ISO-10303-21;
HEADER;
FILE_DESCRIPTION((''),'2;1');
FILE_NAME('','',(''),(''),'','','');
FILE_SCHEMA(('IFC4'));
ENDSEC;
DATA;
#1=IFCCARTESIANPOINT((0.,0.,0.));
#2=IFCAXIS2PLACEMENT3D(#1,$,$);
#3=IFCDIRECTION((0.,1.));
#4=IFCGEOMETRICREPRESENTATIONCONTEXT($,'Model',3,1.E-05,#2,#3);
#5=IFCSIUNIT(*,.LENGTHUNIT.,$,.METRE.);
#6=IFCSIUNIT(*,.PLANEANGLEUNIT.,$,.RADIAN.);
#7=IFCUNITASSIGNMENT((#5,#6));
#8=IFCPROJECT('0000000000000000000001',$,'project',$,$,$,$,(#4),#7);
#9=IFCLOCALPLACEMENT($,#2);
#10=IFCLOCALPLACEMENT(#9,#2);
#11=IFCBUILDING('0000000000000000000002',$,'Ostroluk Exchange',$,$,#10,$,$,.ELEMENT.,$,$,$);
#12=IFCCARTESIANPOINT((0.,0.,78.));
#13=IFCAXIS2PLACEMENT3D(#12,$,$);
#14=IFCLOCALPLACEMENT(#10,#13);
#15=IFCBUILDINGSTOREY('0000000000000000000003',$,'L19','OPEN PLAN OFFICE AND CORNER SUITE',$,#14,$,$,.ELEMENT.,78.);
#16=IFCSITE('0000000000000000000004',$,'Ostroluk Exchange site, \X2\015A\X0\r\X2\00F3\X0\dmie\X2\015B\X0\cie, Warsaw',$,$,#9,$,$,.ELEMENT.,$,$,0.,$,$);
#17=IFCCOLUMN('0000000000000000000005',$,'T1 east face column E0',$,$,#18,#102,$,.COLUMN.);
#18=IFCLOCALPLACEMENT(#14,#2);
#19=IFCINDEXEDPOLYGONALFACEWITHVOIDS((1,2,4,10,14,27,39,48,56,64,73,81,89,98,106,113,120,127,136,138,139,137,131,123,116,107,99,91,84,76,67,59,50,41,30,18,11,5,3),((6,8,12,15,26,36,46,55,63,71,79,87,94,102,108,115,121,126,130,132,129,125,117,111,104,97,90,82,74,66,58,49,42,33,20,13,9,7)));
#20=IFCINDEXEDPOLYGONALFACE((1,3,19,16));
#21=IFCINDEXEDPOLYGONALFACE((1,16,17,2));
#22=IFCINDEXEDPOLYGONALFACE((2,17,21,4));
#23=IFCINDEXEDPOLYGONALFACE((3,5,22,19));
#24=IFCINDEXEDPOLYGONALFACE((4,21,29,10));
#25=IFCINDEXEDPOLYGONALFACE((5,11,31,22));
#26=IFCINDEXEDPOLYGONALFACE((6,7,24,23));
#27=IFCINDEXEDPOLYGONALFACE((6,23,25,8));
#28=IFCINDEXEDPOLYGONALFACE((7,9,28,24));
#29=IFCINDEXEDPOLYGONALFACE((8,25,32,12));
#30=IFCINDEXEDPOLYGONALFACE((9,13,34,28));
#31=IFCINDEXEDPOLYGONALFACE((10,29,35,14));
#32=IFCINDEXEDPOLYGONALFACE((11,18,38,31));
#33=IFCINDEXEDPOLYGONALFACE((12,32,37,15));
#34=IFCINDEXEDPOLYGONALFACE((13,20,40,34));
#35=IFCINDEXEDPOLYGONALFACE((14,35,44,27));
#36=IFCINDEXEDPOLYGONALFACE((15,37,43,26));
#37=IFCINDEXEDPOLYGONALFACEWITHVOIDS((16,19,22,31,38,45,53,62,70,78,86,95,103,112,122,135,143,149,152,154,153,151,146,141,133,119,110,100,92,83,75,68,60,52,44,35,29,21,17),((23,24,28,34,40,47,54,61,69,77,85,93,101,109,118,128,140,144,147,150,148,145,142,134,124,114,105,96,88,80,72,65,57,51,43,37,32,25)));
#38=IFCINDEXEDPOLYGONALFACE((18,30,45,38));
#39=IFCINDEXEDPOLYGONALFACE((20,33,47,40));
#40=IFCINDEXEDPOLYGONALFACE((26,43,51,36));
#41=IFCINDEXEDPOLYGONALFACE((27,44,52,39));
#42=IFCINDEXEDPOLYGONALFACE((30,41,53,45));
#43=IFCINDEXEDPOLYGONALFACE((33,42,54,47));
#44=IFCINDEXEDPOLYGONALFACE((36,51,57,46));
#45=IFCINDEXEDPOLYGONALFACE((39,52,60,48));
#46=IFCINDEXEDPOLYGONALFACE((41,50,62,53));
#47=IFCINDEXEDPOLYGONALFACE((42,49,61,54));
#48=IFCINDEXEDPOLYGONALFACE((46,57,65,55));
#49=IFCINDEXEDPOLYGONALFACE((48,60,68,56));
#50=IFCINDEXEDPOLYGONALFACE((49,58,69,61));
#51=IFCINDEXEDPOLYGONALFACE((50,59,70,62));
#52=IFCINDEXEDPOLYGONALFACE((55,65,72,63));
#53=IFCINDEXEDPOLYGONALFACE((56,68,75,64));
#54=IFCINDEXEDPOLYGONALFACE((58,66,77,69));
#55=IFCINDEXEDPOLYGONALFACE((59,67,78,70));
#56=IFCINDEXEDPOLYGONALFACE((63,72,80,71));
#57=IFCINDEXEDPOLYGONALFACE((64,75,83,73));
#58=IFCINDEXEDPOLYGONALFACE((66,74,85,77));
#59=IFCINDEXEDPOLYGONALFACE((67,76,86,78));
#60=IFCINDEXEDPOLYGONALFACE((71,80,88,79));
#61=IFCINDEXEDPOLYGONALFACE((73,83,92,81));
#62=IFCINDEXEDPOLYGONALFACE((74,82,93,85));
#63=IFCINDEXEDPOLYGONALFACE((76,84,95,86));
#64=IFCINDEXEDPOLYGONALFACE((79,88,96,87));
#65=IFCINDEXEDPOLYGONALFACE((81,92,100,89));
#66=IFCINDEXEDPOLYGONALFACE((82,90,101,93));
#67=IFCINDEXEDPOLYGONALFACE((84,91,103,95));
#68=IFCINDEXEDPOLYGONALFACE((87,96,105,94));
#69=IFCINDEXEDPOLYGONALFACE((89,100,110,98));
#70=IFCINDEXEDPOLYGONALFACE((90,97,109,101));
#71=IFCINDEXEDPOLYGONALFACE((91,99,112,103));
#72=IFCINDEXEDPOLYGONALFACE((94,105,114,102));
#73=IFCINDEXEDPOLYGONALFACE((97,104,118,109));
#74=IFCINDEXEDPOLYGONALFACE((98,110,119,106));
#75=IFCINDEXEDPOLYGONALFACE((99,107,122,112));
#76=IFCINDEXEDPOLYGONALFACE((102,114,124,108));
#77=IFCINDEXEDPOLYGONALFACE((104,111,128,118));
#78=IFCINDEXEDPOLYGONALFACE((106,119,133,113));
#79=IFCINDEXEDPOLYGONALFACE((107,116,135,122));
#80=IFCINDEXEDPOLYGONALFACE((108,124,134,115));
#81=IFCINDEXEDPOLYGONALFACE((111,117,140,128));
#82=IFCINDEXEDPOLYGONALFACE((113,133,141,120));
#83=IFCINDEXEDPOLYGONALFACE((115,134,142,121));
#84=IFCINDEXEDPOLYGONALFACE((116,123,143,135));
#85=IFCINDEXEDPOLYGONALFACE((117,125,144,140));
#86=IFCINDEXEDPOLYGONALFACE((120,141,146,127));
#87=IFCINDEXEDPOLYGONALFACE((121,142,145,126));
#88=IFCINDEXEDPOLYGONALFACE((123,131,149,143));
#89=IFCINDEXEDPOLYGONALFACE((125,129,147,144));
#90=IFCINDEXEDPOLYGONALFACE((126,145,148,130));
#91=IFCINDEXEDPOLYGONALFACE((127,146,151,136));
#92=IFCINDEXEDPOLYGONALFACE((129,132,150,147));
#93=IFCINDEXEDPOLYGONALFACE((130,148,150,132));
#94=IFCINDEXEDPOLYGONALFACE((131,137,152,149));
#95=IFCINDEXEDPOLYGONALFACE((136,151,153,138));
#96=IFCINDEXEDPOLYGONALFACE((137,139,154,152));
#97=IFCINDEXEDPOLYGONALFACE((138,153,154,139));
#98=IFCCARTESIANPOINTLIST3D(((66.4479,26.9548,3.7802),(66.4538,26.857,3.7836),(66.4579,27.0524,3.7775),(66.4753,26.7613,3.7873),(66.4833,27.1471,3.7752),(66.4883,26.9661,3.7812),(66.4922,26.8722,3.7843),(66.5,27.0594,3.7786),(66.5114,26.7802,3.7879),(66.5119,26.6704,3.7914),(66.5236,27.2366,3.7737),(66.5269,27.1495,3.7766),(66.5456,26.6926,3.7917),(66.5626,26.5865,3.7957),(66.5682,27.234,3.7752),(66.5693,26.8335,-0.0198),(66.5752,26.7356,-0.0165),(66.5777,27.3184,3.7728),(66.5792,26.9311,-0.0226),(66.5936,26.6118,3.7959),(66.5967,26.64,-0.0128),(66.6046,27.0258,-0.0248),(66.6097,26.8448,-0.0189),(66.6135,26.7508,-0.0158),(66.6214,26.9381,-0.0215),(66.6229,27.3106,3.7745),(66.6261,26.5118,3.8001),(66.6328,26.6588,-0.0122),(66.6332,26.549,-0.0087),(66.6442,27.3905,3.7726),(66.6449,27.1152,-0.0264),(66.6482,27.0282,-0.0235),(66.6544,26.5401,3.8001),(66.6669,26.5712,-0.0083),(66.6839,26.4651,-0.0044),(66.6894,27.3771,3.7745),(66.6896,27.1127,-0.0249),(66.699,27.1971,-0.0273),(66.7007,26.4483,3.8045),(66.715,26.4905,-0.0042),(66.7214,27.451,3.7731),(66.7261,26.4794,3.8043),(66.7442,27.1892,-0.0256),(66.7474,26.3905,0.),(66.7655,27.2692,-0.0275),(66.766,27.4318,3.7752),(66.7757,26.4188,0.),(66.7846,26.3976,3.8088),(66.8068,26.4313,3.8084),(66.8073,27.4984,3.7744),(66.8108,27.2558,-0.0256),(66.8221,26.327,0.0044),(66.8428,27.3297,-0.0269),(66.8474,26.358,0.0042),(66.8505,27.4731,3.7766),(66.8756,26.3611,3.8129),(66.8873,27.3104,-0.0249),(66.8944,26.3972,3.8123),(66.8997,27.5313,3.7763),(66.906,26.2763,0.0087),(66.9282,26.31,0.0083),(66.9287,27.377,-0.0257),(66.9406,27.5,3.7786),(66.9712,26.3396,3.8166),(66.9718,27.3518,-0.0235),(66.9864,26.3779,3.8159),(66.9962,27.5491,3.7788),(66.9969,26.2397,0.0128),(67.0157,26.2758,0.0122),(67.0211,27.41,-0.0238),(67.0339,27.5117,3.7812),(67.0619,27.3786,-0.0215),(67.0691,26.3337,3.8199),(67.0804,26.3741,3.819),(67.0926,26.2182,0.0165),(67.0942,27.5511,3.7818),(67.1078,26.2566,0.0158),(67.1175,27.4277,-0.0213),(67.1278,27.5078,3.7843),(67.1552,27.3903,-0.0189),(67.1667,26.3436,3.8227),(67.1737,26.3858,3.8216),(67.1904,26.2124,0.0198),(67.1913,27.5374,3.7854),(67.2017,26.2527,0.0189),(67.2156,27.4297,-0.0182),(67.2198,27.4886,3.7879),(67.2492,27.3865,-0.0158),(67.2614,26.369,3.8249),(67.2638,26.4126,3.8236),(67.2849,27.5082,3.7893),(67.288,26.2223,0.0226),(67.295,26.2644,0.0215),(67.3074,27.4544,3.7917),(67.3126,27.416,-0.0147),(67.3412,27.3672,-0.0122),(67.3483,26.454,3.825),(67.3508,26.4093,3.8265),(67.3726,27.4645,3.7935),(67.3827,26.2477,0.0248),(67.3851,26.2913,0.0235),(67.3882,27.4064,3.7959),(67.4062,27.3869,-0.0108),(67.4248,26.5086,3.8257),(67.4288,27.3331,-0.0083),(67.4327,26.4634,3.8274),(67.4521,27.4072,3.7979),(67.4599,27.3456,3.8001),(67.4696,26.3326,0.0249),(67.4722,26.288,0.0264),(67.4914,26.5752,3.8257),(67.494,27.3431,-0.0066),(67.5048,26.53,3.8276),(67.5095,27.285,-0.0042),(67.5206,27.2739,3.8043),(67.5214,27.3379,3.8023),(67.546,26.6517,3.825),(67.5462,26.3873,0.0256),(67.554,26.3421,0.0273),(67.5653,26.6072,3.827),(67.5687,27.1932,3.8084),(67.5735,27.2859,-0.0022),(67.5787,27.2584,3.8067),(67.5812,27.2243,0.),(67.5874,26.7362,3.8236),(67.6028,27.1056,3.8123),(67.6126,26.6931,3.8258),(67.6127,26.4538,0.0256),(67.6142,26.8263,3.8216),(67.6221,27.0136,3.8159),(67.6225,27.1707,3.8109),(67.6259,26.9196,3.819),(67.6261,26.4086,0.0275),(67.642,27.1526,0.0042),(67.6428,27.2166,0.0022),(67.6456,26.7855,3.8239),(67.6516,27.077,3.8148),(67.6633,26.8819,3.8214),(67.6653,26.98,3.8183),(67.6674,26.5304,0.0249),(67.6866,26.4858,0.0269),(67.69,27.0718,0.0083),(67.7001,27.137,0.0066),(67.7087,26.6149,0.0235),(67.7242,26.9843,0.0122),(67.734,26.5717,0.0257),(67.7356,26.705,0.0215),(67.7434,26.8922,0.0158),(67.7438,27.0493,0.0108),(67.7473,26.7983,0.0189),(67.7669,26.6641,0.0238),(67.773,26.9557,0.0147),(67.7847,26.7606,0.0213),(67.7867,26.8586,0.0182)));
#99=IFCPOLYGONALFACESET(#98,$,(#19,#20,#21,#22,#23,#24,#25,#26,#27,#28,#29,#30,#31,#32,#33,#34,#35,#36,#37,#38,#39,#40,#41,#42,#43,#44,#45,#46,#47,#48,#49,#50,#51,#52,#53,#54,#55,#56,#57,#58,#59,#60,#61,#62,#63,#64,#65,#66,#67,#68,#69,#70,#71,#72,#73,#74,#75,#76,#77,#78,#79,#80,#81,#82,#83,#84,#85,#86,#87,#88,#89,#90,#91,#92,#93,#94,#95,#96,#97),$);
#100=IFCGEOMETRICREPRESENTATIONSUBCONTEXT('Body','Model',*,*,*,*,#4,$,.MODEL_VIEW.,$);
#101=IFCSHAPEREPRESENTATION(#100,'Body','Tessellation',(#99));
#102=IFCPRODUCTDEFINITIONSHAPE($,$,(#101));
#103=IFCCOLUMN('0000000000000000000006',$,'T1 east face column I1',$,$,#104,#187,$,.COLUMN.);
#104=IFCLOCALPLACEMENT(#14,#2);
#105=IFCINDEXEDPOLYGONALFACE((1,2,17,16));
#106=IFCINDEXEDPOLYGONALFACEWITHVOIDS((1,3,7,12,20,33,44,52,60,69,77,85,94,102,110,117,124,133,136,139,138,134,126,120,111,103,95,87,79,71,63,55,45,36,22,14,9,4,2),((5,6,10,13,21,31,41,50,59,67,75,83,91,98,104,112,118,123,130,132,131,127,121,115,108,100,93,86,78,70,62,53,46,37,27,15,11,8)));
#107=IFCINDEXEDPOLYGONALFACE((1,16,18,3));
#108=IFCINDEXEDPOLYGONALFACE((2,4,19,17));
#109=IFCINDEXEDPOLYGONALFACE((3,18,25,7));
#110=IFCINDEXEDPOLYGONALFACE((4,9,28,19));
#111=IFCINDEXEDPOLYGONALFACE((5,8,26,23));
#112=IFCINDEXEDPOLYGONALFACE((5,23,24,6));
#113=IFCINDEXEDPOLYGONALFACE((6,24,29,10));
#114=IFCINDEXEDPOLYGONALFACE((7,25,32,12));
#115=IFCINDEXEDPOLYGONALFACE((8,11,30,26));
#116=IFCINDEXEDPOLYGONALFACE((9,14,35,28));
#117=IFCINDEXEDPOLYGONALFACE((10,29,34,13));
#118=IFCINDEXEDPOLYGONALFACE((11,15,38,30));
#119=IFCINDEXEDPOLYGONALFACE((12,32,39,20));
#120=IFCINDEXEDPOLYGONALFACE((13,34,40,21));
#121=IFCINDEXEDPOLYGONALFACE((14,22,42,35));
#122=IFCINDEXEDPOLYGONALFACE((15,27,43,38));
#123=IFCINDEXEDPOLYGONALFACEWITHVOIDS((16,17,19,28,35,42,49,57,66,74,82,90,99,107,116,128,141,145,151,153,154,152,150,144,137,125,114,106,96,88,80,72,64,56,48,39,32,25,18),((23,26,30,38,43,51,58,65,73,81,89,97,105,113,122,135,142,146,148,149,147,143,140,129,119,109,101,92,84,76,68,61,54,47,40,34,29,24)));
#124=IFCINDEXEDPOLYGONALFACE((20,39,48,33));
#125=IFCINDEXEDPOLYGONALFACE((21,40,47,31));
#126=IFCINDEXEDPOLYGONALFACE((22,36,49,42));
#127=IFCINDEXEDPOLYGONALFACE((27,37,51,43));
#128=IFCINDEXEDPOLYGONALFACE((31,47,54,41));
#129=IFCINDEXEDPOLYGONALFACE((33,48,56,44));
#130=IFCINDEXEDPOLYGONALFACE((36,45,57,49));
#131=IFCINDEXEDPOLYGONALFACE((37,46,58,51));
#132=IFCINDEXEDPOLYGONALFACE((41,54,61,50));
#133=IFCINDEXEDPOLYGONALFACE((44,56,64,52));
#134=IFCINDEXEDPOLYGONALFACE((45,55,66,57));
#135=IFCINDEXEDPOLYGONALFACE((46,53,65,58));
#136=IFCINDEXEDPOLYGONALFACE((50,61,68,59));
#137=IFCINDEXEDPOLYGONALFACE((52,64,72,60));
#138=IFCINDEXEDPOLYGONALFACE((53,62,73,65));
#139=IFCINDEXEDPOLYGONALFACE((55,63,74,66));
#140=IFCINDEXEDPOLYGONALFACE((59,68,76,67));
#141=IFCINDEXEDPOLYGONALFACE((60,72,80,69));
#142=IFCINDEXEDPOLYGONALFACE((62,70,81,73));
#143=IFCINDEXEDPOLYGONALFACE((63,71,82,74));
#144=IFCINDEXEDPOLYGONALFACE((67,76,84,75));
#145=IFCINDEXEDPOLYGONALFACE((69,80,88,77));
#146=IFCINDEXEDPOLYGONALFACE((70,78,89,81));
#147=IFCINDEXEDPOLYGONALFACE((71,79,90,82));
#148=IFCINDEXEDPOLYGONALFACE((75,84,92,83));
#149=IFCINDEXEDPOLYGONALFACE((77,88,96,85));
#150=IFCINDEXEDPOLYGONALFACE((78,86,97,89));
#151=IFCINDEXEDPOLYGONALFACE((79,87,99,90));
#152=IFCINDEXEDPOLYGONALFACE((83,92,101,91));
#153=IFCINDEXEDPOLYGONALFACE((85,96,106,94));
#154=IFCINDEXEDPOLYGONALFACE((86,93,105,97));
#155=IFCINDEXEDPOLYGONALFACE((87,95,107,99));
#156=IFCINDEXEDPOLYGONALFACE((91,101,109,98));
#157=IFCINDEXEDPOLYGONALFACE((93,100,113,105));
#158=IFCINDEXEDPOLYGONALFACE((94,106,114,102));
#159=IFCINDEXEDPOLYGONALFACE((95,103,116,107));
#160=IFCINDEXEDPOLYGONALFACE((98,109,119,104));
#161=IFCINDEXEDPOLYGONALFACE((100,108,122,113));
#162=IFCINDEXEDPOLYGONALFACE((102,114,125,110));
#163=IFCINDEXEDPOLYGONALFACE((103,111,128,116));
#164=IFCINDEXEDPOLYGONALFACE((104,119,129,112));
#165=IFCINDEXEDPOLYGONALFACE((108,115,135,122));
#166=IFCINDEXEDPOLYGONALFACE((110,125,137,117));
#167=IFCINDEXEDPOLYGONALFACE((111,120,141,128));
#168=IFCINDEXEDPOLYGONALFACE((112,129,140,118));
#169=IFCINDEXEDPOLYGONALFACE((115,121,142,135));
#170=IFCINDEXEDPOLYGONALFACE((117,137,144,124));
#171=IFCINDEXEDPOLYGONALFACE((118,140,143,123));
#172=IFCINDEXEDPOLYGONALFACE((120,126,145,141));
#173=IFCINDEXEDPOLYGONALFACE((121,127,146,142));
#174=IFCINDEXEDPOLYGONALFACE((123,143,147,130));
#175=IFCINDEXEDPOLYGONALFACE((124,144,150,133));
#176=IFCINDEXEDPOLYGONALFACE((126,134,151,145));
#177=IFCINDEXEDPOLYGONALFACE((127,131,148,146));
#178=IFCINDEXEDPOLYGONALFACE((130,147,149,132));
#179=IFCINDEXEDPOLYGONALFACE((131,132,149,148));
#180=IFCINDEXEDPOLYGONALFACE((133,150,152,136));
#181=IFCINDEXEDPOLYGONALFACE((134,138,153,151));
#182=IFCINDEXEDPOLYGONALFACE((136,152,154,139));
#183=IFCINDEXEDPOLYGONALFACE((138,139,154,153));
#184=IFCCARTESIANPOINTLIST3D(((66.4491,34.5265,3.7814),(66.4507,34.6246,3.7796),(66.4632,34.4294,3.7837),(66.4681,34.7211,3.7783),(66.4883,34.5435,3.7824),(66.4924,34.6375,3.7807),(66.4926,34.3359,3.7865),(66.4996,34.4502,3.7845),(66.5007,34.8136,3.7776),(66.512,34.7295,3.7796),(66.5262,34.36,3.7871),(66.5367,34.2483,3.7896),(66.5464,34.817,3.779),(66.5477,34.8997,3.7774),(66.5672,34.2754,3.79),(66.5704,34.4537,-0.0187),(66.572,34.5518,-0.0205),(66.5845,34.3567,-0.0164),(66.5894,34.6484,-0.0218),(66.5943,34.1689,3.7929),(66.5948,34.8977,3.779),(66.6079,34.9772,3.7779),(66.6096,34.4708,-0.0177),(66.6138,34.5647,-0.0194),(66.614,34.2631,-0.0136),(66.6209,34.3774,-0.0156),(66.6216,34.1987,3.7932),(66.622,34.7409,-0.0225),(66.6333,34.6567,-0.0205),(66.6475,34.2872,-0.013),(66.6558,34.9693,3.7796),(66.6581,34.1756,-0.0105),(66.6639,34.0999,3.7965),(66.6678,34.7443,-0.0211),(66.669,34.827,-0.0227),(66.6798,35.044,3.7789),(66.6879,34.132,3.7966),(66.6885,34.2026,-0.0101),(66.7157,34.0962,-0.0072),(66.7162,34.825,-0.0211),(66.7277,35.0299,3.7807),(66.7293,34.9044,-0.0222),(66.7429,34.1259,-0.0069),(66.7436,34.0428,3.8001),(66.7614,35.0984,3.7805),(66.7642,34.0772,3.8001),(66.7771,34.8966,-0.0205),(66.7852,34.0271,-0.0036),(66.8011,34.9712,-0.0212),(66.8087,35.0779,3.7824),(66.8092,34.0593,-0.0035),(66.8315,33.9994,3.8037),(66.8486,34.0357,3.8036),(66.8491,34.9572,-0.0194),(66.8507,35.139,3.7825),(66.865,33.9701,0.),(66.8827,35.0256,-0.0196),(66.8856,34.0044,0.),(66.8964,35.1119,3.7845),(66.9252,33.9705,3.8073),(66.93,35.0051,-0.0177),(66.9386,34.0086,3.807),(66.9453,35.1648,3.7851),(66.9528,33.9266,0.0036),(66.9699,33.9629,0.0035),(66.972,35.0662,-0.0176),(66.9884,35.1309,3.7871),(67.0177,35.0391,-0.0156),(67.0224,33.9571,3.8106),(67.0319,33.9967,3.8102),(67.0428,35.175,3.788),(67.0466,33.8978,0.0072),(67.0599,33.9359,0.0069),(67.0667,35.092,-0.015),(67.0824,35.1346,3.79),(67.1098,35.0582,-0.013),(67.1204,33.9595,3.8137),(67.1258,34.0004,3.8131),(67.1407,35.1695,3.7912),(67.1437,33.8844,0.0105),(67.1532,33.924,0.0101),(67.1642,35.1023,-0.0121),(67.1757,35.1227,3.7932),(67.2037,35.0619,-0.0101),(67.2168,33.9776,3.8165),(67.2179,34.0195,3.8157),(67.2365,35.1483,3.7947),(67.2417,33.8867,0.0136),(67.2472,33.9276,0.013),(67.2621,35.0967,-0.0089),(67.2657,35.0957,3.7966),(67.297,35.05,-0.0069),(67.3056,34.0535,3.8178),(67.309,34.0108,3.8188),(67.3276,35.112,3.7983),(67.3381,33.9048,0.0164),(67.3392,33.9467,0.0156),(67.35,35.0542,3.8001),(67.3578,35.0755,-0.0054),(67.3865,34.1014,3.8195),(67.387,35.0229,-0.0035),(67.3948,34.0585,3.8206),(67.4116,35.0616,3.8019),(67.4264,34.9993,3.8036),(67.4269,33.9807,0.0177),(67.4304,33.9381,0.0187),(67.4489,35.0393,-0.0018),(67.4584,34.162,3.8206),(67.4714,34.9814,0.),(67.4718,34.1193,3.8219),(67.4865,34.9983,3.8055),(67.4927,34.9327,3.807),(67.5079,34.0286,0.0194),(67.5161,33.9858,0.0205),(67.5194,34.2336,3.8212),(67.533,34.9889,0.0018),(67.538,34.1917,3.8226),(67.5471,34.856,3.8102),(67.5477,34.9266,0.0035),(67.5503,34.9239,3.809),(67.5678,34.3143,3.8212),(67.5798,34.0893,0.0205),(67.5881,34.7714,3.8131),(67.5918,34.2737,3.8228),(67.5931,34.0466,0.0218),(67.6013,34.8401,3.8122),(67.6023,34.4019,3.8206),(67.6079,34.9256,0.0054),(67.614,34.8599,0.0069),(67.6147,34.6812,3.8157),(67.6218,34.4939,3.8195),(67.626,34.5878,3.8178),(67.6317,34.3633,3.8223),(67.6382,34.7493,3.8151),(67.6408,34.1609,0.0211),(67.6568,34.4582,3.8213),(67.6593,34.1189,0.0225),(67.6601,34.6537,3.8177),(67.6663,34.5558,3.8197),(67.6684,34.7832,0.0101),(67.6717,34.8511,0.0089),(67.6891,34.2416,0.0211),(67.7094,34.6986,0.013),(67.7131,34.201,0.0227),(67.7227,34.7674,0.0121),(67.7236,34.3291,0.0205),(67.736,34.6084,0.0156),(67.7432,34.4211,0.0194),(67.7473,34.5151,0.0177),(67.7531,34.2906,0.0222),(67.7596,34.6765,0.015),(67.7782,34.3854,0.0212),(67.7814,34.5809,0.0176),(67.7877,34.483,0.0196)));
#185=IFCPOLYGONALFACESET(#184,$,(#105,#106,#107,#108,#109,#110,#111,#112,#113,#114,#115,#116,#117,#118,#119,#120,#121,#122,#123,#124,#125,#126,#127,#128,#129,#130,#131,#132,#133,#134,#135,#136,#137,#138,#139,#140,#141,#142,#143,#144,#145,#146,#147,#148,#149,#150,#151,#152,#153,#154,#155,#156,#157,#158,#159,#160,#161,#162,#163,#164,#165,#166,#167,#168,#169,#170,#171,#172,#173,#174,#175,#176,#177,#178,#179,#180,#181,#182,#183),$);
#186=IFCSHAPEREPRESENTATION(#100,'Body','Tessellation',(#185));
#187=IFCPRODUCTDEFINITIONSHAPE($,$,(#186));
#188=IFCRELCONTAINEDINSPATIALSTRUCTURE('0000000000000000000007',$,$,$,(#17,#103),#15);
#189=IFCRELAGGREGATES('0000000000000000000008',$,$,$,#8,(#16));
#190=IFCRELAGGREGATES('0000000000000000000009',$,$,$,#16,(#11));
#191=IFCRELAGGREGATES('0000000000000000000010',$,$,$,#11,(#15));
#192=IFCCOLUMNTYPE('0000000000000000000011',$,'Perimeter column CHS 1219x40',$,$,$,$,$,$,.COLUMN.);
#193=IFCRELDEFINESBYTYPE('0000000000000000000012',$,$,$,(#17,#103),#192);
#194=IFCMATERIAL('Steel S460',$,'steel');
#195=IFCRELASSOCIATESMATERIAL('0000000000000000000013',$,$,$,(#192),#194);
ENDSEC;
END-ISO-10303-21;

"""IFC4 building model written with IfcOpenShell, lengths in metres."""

from ifc_helpers import new_model, si_unit, direction, frame, origin, origin_2d, place, context, subcontext, project, spatial, hollow_circle, extrude, material, material_profile, profile_set, type_object, element, save


model = new_model("IFC4")

# Units and contexts
model_context = context("Model", 3, precision=1e-05, world=origin(), true_north=direction((0.0, 1.0)))
body_context = subcontext(model_context, "Body", "Model", "MODEL_VIEW")
ifc_project = project(units=[si_unit("LENGTHUNIT", "METRE"), si_unit("PLANEANGLEUNIT", "RADIAN")], contexts=[model_context])

# Site, building, storey
site_placement = place(None, origin())
site = spatial("IfcSite", under=ifc_project, at=site_placement, Name="Ostroluk Exchange site, Śródmieście, Warsaw", CompositionType="ELEMENT", RefElevation=0.0)
building_placement = place(site_placement, origin())
building = spatial("IfcBuilding", under=site, at=building_placement, Name="Ostroluk Exchange", CompositionType="ELEMENT")
storey_placement = place(building_placement, frame((0.0, 0.0, 78.0)))
storey = spatial("IfcBuildingStorey", under=building, at=storey_placement, Name="L19", Description="OPEN PLAN OFFICE AND CORNER SUITE", CompositionType="ELEMENT", Elevation=78.0)

# Columns
ifc_material_1 = material(Name="Steel S460", Category="steel")
ifc_material_profile_1 = material_profile(ifc_material_1, hollow_circle(Radius=0.6096, WallThickness=0.04, at=origin_2d()), Name="CHS 1219x40")
ifc_profile_set_1 = profile_set([ifc_material_profile_1], Name="Steel S460")
column_type = type_object("IfcColumnType", Name="Perimeter column CHS 1219x40", PredefinedType="COLUMN", material=ifc_profile_set_1)
column_1_placement = place(storey_placement, frame((67.1785, 26.8215, 0.0), z_axis=(-0.031898, 0.031898, 0.998982), x_axis=(-0.707107, -0.707107, 0.0)))
element("IfcColumn", 1, at=column_1_placement, inside=storey, type_object=column_type, Name="T1 east face column E0", PredefinedType="COLUMN", context=body_context, shape_type="SweptSolid", body=[
    extrude(hollow_circle(Radius=0.6096, WallThickness=0.04, at=origin_2d()), origin(), (0.0, 0.0, 1.0), 3.804),
])
column_2_placement = place(storey_placement, frame((67.1785, 34.4929, 0.0), z_axis=(-0.031909, 0.019132, 0.999308), x_axis=(-0.514242, -0.857645, 0.0)))
element("IfcColumn", 2, at=column_2_placement, inside=storey, type_object=column_type, Name="T1 east face column I1", PredefinedType="COLUMN", context=body_context, shape_type="SweptSolid", body=[
    extrude(hollow_circle(Radius=0.6096, WallThickness=0.04, at=origin_2d()), origin(), (0.0, 0.0, 1.0), 3.8027),
])

save(model, "model.ifc")
